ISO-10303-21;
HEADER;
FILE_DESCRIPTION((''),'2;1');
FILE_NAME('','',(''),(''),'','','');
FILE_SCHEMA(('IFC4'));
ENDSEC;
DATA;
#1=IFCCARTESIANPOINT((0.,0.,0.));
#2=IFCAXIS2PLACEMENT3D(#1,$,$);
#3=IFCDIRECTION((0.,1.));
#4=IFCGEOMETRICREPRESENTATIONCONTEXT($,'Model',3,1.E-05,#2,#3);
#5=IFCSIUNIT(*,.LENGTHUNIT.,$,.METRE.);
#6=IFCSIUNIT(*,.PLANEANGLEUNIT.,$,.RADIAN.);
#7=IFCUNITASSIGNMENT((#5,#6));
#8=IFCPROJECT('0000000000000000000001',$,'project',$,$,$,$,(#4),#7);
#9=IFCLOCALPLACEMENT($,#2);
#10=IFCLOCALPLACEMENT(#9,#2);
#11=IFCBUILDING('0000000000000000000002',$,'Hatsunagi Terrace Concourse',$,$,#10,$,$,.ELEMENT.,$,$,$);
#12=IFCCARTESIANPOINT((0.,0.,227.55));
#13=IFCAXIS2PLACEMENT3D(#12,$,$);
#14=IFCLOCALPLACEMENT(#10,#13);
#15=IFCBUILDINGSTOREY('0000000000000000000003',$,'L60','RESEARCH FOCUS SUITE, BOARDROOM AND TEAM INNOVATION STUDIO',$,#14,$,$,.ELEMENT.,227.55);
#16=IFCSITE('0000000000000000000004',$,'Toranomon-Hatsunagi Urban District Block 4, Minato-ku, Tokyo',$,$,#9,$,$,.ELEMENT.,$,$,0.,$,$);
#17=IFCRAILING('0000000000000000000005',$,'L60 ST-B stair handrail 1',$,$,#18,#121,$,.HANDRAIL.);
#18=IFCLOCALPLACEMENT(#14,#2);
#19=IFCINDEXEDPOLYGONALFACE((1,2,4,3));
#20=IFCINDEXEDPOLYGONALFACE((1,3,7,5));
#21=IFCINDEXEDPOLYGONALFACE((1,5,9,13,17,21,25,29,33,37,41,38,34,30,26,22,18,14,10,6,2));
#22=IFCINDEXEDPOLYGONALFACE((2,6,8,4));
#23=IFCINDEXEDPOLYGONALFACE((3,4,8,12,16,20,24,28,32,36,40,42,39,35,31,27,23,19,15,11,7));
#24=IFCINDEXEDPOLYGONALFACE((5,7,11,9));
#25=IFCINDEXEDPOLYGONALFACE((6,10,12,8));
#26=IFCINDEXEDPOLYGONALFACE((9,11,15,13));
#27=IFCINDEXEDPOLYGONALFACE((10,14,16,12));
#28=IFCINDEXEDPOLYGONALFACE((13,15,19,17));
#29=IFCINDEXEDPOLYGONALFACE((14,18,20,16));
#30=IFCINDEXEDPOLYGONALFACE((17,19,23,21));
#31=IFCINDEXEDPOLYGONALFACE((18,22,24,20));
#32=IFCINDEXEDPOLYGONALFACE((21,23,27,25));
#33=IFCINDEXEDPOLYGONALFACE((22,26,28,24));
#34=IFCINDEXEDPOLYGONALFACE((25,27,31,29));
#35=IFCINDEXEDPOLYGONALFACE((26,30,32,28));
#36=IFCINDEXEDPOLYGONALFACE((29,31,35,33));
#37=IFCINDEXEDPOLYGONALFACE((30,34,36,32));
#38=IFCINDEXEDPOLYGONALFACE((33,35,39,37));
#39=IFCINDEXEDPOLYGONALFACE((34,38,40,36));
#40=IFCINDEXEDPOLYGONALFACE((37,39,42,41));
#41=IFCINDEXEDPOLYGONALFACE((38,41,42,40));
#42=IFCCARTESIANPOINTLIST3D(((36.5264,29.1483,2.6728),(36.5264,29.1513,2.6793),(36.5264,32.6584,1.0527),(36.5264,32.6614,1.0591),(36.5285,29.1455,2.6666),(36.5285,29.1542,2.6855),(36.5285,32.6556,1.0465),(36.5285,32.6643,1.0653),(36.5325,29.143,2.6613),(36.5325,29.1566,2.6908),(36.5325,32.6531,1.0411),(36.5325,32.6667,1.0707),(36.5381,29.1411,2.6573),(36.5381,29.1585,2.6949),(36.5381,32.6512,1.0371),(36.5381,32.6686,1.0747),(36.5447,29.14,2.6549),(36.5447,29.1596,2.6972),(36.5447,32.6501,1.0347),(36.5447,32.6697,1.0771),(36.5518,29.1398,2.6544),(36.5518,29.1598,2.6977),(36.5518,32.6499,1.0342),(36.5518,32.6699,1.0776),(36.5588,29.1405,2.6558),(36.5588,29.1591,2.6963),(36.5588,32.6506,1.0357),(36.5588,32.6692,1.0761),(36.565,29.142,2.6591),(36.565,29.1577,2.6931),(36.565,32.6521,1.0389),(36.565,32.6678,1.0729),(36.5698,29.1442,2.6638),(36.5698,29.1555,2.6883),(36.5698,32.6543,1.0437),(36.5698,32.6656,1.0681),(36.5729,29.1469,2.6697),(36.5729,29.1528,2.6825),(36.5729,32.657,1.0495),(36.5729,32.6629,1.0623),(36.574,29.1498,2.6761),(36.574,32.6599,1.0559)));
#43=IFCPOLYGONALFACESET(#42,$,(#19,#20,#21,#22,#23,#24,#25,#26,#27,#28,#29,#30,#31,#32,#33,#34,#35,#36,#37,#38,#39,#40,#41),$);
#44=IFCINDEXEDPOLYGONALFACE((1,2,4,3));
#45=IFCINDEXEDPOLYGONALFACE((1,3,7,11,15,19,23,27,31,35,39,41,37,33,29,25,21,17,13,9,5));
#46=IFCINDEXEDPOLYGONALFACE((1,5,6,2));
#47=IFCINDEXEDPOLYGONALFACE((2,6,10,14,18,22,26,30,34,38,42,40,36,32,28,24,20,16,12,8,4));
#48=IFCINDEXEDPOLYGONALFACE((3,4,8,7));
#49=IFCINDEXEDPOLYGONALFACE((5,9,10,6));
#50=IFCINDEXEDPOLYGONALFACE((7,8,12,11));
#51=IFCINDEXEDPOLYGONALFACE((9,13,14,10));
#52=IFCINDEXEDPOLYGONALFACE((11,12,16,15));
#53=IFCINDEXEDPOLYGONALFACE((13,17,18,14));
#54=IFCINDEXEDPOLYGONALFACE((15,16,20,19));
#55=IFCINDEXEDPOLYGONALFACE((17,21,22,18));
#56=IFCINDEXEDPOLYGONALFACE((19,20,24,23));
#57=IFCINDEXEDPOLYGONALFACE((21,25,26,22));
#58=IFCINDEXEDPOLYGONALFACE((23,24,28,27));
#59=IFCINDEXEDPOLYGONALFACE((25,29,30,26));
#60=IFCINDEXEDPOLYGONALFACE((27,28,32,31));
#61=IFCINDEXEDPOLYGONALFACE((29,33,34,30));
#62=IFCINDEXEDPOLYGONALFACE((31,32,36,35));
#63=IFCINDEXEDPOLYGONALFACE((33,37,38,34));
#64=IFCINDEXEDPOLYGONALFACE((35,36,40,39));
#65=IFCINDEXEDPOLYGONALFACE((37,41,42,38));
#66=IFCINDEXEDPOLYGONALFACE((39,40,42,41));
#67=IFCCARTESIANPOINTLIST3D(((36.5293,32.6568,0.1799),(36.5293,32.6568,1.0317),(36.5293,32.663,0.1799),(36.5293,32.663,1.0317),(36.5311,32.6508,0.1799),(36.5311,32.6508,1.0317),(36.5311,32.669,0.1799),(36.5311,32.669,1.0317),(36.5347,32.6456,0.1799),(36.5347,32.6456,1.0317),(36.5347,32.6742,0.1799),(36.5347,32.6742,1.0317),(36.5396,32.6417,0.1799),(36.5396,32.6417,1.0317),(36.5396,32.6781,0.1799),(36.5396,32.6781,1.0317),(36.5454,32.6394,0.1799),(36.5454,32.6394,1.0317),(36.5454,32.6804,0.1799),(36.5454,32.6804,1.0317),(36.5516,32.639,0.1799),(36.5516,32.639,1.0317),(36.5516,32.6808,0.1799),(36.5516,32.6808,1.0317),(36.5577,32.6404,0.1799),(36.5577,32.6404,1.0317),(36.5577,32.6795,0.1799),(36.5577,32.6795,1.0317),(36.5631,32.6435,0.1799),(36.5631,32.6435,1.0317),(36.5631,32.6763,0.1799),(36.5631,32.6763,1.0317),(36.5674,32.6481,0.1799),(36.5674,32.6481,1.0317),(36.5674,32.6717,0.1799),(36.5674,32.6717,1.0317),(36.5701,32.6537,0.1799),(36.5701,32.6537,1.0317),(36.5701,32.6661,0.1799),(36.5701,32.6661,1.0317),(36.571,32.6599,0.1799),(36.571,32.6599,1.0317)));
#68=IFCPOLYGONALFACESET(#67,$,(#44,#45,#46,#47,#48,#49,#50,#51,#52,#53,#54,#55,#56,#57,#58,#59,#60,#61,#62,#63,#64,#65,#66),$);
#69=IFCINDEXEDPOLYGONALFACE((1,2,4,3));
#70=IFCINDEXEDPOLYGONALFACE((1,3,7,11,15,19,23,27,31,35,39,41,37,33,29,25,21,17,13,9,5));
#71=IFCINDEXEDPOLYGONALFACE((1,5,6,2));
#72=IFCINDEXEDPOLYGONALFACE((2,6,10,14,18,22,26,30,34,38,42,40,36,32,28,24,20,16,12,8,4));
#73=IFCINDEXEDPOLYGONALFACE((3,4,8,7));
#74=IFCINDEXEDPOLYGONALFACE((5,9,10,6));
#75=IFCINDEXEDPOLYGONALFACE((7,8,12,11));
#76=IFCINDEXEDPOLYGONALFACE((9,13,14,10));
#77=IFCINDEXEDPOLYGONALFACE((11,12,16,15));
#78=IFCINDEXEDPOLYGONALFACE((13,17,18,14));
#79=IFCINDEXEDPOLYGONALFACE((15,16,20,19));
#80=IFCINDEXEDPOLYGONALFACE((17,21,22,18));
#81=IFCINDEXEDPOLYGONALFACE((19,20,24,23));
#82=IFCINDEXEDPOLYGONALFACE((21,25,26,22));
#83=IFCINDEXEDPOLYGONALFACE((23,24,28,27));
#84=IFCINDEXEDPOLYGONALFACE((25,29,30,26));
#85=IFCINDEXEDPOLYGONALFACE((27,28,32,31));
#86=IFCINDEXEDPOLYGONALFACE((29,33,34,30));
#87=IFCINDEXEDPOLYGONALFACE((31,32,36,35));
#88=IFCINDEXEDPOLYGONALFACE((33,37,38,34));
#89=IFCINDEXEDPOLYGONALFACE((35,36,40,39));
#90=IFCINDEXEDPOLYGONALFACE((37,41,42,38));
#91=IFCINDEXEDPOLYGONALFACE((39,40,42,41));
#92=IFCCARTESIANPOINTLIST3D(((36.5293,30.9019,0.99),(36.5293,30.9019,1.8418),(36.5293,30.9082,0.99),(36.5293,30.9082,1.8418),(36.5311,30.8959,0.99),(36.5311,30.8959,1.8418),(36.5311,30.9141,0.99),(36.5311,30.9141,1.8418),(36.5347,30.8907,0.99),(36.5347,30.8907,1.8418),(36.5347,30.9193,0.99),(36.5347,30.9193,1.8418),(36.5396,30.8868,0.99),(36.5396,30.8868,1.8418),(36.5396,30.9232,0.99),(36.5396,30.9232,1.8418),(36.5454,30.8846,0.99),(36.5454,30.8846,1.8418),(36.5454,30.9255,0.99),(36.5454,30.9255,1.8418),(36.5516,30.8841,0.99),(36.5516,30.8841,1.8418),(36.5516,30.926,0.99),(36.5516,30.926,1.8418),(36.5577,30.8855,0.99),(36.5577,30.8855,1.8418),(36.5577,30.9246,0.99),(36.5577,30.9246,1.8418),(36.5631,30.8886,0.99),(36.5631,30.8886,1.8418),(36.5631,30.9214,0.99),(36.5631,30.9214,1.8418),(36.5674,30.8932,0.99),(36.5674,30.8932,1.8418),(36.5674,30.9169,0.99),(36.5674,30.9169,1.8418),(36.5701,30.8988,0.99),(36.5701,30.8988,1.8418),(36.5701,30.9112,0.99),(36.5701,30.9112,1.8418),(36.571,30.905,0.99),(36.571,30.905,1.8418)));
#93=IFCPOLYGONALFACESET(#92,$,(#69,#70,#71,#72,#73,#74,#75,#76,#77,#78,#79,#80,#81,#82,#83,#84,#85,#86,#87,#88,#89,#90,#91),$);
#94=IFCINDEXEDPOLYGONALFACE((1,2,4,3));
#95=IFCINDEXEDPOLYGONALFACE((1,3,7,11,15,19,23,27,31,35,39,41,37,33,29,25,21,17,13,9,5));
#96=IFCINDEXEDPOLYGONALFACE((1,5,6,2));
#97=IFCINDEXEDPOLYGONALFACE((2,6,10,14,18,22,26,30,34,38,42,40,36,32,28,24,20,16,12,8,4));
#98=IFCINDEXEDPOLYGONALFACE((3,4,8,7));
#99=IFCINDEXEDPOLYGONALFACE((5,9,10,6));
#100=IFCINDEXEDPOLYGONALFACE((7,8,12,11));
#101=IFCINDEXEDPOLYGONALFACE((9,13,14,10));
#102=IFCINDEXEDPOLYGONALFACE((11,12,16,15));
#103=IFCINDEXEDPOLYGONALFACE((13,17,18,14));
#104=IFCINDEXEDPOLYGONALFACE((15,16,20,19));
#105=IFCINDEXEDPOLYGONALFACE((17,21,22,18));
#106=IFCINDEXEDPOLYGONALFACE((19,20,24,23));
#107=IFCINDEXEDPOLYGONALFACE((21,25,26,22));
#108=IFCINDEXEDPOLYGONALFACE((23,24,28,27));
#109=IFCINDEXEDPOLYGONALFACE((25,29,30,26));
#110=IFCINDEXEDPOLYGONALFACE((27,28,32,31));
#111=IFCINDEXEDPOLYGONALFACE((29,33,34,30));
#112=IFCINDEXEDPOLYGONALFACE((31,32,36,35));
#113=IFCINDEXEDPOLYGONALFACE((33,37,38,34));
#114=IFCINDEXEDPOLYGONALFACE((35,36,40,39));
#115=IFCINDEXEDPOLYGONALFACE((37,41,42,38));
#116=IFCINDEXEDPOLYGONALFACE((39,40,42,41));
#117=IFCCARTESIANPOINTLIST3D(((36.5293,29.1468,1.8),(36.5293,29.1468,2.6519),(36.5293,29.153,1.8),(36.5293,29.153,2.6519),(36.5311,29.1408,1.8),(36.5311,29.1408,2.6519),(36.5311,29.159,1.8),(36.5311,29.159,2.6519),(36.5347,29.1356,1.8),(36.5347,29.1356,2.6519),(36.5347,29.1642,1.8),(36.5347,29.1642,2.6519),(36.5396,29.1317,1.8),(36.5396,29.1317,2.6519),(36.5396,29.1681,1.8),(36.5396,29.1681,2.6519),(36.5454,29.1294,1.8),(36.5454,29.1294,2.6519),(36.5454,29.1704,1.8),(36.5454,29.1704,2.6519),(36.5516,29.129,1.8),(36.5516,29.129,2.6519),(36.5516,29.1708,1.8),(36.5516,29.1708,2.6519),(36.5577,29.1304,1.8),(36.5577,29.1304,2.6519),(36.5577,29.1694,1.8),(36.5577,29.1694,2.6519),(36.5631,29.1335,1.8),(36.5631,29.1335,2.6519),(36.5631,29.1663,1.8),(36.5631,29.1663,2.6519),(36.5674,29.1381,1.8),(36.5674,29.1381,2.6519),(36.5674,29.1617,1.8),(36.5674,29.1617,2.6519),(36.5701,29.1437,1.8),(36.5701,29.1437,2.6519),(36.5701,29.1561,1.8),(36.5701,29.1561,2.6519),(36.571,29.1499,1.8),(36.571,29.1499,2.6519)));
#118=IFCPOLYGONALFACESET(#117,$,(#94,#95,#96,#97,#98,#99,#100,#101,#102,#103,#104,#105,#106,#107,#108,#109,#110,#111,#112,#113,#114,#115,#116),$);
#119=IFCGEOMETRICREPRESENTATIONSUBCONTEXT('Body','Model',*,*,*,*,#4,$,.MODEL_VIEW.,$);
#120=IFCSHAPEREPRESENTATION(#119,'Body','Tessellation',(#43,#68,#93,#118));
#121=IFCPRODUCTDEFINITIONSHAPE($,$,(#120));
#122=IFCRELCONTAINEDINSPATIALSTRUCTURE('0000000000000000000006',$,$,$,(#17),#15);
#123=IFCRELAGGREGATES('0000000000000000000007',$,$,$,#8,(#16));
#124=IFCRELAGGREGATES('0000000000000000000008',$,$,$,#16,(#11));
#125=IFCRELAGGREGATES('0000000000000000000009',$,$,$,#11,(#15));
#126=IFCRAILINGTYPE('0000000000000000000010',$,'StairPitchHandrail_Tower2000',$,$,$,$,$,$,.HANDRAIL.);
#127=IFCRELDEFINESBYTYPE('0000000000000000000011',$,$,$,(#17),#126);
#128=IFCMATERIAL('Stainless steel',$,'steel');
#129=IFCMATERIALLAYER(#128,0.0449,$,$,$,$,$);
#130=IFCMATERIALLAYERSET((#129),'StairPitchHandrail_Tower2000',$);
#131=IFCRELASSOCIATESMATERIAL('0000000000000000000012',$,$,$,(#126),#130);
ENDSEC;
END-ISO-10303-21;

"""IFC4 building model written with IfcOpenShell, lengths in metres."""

from ifc_helpers import new_model, si_unit, direction, frame, origin, origin_2d, place, context, subcontext, project, spatial, circle, extrude, material, layer, layer_set, type_object, element, save


model = new_model("IFC4")

# Units and contexts
model_context = context("Model", 3, precision=1e-05, world=origin(), true_north=direction((0.0, 1.0)))
body_context = subcontext(model_context, "Body", "Model", "MODEL_VIEW")
ifc_project = project(units=[si_unit("LENGTHUNIT", "METRE"), si_unit("PLANEANGLEUNIT", "RADIAN")], contexts=[model_context])

# Site, building, storey
site_placement = place(None, origin())
site = spatial("IfcSite", under=ifc_project, at=site_placement, Name="Toranomon-Hatsunagi Urban District Block 4, Minato-ku, Tokyo", CompositionType="ELEMENT", RefElevation=0.0)
building_placement = place(site_placement, origin())
building = spatial("IfcBuilding", under=site, at=building_placement, Name="Hatsunagi Terrace Concourse", CompositionType="ELEMENT")
storey_placement = place(building_placement, frame((0.0, 0.0, 227.55)))
storey = spatial("IfcBuildingStorey", under=building, at=storey_placement, Name="L60", Description="RESEARCH FOCUS SUITE, BOARDROOM AND TEAM INNOVATION STUDIO", CompositionType="ELEMENT", Elevation=227.55)

# Railing
ifc_material_1 = material(Name="Stainless steel", Category="steel")
ifc_layer_1 = layer(ifc_material_1, 0.0449)
ifc_layer_set_1 = layer_set([ifc_layer_1], Name="StairPitchHandrail_Tower2000")
railing_type_1 = type_object("IfcRailingType", Name="StairPitchHandrail_Tower2000", PredefinedType="HANDRAIL", material=ifc_layer_set_1)
railing_1_placement = place(storey_placement, frame((36.55, 32.6599, 0.1799)))
element("IfcRailing", 1, at=railing_1_placement, inside=storey, type_object=railing_type_1, Name="L60 ST-B stair handrail 1", PredefinedType="HANDRAIL", context=body_context, shape_type="SweptSolid", body=[
    extrude(circle(Radius=0.0239, at=origin_2d()), frame((0.0, 0.0, 0.876), z_axis=(0.0, -0.907948, 0.419082), x_axis=(1.0, 0.0, 0.0)), (0.0, 0.0, 1.0), 3.866),
    extrude(circle(Radius=0.021, at=origin_2d()), origin(), (0.0, 0.0, 1.0), 0.8518),
    extrude(circle(Radius=0.021, at=origin_2d()), frame((0.0, -1.7549, 0.8101)), (0.0, 0.0, 1.0), 0.8518),
    extrude(circle(Radius=0.021, at=origin_2d()), frame((0.0, -3.51, 1.6201)), (0.0, 0.0, 1.0), 0.8518),
])

save(model, "model.ifc")
